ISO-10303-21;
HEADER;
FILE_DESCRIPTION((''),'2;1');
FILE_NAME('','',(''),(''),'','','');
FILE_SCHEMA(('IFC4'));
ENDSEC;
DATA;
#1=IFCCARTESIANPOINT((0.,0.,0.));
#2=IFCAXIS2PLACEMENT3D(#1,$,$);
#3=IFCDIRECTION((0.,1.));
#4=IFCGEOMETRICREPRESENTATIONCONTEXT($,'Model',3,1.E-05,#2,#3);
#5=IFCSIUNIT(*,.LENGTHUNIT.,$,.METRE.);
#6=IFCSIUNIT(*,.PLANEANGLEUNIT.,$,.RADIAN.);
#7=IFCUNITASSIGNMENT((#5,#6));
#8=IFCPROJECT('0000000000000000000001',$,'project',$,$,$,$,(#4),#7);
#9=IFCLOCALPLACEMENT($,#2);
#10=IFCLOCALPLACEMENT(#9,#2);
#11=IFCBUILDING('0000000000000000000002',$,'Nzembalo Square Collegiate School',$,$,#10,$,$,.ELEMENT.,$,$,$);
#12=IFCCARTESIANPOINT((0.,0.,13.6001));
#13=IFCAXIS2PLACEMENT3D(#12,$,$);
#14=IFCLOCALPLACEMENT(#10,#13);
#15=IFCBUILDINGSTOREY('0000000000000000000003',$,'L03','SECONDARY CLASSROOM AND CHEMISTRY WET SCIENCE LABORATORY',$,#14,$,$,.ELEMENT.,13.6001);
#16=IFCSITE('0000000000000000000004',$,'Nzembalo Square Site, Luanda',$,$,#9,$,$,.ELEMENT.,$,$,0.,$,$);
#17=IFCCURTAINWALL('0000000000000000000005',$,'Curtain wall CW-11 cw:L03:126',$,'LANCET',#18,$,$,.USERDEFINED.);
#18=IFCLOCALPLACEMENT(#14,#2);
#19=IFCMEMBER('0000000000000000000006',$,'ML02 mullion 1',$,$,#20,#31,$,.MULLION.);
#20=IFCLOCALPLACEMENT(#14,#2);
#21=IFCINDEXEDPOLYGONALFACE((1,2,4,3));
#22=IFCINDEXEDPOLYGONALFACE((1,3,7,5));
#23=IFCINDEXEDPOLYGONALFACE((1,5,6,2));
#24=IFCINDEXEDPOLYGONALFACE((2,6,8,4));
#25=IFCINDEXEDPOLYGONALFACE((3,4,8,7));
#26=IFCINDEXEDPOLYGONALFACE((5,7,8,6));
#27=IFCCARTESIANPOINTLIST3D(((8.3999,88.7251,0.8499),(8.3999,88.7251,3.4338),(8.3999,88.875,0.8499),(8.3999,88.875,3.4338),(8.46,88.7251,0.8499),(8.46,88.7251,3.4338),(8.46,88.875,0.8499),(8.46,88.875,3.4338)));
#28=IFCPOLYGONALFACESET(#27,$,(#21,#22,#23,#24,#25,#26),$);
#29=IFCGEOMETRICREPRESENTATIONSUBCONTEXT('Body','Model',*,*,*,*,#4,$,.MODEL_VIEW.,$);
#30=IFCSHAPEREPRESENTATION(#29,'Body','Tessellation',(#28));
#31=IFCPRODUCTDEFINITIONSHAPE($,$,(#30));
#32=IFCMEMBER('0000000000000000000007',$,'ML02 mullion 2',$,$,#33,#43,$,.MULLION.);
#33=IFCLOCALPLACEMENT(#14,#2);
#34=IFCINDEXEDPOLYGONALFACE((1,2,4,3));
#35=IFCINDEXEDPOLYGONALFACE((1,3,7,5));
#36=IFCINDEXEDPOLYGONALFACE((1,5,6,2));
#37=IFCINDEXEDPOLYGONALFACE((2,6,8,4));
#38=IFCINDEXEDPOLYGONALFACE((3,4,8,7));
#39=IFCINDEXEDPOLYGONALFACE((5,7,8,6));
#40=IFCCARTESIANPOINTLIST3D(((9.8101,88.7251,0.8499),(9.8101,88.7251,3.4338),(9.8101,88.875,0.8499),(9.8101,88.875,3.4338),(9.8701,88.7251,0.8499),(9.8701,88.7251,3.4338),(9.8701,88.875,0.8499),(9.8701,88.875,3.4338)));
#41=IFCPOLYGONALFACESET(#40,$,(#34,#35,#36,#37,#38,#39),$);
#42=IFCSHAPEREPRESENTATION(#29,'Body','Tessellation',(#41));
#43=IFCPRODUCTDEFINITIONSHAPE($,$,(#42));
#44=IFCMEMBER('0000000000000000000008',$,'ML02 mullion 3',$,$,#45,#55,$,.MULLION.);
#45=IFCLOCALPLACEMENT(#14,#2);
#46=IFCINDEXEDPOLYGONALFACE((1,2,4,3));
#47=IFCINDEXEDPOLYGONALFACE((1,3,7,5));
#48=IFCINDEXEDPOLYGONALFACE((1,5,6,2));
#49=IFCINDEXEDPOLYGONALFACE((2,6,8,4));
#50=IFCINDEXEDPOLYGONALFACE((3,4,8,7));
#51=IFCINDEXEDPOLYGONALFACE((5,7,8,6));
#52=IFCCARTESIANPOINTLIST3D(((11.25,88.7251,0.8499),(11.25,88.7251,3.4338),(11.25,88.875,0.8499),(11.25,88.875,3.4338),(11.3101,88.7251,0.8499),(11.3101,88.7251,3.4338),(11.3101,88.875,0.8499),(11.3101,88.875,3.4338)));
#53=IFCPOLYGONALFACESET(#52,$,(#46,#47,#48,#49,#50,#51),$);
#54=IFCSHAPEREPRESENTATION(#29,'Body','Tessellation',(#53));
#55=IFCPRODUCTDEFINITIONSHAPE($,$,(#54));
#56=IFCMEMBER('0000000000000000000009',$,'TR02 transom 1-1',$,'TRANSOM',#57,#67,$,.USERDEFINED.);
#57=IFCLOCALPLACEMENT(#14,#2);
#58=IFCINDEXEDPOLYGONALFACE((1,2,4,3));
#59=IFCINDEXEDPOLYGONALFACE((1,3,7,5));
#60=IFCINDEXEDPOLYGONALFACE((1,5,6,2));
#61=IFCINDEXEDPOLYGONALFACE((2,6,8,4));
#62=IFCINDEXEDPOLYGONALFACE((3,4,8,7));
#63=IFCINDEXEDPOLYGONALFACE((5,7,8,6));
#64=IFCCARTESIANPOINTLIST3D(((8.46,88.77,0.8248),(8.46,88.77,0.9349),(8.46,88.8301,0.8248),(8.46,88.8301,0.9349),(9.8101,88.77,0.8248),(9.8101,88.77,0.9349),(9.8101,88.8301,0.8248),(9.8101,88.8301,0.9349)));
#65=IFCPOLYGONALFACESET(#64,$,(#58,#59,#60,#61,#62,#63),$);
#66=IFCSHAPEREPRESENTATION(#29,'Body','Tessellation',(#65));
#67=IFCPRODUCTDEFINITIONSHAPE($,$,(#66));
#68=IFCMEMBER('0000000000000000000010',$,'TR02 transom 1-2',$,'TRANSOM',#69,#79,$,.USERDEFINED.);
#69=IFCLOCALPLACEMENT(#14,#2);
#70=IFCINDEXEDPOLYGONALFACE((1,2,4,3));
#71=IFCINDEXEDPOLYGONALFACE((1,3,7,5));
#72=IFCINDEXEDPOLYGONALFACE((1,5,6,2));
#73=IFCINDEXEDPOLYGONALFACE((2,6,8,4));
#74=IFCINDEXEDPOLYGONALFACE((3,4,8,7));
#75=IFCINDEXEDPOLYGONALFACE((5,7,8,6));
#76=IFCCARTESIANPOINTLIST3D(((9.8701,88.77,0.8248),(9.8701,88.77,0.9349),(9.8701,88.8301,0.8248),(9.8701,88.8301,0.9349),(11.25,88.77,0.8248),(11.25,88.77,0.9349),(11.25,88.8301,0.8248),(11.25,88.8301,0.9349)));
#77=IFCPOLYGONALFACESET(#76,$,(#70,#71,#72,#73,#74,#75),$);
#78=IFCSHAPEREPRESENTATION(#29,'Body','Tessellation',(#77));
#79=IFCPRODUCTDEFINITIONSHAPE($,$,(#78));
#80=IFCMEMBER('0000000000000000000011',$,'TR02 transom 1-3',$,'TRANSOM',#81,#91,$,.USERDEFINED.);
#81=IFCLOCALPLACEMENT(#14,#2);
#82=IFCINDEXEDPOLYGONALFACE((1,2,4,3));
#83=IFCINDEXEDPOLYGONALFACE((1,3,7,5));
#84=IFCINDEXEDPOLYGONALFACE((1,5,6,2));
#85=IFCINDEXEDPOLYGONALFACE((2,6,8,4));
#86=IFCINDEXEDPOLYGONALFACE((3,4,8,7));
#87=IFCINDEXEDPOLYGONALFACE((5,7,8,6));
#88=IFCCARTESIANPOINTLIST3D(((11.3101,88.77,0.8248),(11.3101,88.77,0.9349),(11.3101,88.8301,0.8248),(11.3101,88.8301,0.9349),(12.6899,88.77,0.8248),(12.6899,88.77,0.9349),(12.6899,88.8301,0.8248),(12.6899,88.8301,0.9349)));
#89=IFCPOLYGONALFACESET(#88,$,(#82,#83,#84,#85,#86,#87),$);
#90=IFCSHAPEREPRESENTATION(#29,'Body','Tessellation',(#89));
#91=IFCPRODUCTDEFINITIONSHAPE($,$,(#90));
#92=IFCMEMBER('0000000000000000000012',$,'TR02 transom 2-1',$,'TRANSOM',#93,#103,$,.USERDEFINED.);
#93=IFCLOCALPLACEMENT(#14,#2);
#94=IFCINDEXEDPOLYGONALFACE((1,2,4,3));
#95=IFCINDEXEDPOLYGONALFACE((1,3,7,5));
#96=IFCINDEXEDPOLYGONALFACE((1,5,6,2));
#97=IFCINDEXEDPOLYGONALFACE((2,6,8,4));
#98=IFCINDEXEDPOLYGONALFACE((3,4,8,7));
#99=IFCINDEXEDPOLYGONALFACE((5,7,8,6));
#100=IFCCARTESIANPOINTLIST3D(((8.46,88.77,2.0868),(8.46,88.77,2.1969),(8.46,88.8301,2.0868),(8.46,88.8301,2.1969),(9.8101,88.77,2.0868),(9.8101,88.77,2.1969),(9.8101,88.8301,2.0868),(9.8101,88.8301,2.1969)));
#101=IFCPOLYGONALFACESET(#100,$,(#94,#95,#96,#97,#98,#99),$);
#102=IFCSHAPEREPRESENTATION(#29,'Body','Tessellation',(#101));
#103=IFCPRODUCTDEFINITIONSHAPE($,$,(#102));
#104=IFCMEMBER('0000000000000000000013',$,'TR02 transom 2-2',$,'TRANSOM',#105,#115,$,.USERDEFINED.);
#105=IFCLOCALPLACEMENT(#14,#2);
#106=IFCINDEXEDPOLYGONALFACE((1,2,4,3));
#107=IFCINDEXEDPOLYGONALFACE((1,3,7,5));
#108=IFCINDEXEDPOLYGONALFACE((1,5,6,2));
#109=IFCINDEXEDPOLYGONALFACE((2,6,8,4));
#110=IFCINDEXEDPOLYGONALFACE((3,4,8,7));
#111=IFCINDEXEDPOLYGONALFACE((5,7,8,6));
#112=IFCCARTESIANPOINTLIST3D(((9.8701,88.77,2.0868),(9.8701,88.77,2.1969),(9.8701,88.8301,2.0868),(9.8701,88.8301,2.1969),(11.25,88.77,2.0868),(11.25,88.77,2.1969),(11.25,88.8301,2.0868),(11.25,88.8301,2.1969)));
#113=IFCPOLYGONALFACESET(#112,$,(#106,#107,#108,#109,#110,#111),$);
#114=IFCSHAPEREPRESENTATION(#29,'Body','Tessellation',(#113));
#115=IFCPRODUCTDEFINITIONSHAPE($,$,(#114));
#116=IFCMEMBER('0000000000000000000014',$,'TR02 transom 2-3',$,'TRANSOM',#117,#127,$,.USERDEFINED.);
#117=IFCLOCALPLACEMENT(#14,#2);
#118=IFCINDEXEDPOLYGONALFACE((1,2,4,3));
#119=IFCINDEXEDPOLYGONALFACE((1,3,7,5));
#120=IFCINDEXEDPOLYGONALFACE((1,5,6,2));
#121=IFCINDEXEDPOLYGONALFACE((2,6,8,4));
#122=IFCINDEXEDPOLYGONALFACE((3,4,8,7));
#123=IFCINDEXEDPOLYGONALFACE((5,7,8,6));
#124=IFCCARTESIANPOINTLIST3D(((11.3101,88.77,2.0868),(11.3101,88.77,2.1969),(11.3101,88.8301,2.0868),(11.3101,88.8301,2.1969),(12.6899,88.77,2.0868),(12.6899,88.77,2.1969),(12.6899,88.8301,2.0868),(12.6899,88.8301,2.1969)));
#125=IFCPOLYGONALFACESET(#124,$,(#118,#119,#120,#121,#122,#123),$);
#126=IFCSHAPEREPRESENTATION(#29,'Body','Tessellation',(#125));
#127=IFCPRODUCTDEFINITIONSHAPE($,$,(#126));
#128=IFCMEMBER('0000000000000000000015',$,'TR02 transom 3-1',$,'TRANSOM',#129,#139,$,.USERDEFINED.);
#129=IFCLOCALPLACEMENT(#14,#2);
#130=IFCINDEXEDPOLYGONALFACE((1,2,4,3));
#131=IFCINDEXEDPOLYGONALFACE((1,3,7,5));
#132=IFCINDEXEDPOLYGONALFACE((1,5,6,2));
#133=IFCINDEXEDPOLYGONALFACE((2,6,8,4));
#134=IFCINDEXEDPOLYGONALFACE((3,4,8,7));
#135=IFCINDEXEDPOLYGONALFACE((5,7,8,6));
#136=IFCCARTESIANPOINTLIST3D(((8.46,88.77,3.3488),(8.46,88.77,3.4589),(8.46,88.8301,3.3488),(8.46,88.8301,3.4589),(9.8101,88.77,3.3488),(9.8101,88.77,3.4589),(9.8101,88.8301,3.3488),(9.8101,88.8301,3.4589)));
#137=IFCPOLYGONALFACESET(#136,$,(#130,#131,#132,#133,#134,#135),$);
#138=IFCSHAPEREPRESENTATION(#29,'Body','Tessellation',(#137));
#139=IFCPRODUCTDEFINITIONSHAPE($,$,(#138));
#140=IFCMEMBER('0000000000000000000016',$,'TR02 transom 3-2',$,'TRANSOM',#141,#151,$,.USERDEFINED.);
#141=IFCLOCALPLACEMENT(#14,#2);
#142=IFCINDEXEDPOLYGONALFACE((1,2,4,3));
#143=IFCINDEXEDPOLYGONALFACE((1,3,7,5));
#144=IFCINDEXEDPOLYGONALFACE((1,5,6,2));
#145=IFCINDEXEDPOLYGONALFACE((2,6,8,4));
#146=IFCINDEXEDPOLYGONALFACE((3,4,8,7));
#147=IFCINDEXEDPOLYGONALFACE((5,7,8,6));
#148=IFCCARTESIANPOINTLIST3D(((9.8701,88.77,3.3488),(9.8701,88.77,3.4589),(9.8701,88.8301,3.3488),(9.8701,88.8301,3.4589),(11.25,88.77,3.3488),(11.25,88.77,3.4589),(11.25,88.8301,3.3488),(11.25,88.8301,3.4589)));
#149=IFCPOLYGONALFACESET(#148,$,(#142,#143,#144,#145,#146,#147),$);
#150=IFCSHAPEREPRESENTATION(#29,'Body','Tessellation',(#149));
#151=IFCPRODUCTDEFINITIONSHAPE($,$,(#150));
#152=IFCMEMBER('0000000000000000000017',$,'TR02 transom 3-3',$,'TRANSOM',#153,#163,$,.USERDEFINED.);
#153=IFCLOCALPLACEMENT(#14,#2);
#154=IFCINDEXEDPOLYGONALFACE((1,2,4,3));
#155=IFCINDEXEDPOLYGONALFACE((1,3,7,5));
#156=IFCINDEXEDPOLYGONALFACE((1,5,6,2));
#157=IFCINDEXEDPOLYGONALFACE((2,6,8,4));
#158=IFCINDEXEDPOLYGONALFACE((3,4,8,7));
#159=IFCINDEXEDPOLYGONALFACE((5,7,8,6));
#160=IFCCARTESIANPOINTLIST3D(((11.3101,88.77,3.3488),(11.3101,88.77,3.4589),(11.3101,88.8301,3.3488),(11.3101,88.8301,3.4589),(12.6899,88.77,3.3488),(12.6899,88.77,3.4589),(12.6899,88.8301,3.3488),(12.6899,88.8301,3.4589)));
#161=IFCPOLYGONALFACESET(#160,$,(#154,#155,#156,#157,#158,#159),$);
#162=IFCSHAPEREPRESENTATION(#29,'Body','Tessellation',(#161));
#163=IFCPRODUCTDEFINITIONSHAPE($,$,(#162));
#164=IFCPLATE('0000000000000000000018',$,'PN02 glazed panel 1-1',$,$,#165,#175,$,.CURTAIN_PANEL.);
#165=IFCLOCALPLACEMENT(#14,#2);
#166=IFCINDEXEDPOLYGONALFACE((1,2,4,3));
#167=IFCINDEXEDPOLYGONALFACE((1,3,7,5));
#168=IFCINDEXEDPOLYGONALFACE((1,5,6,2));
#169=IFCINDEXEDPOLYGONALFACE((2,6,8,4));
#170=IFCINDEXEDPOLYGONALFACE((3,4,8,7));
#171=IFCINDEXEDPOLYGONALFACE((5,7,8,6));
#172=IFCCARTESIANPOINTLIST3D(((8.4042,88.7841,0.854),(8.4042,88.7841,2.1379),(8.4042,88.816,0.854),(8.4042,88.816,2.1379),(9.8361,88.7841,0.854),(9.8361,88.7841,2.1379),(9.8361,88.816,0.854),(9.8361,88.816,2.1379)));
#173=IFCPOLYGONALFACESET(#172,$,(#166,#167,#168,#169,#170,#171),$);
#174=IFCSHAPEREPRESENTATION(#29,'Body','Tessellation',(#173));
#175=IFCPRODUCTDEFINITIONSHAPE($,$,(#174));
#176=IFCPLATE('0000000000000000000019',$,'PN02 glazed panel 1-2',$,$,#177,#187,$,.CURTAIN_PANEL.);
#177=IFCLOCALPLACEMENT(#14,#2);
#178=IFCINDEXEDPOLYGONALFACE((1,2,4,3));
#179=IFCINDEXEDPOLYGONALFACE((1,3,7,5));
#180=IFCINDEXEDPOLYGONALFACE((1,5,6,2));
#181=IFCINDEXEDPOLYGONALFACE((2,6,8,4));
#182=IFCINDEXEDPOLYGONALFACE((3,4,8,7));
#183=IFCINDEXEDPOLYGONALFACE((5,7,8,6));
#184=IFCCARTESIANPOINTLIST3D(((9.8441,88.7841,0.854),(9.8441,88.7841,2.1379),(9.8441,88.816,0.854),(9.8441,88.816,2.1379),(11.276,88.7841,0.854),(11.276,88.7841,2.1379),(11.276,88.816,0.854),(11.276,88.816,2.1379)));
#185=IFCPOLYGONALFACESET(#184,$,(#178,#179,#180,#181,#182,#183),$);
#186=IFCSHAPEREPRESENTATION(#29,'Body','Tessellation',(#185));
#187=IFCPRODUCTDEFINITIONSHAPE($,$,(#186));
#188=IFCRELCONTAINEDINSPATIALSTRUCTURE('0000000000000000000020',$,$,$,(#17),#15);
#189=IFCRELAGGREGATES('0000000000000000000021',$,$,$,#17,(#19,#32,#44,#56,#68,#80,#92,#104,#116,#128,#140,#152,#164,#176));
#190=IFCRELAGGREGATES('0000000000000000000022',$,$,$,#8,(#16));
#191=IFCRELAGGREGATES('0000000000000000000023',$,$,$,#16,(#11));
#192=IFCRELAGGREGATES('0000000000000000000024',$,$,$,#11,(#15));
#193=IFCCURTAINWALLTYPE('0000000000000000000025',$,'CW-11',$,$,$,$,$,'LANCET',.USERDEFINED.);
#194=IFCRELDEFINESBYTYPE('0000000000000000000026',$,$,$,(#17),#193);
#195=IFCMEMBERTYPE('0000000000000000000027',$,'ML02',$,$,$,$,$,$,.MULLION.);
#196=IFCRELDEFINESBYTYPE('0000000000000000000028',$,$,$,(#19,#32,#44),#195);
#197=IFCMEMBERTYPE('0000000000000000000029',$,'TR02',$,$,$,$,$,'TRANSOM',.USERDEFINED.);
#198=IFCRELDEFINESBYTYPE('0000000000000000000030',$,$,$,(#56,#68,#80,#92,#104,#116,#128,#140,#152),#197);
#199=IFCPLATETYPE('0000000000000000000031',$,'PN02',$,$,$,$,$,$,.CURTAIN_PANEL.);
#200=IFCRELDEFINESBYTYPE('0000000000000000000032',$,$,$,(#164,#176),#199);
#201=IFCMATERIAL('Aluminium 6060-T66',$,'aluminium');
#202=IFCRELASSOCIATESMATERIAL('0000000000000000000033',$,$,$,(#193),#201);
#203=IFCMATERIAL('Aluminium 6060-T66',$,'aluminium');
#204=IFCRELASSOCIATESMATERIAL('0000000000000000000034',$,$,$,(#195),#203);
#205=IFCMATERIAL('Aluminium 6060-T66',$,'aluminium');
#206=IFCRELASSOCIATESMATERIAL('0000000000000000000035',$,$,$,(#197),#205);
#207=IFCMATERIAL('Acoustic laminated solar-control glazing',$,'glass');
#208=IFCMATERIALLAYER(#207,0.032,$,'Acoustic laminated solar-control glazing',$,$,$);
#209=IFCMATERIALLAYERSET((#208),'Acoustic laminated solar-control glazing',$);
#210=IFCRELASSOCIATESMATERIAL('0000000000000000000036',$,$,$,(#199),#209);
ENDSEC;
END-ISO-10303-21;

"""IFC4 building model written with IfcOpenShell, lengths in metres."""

from ifc_helpers import new_model, si_unit, direction, frame, origin, origin_2d, place, context, subcontext, project, spatial, rectangle, extrude, material, layer, layer_set, material_profile, profile_set, type_object, element, aggregate, save


model = new_model("IFC4")

# Units and contexts
model_context = context("Model", 3, precision=1e-05, world=origin(), true_north=direction((0.0, 1.0)))
body_context = subcontext(model_context, "Body", "Model", "MODEL_VIEW")
ifc_project = project(units=[si_unit("LENGTHUNIT", "METRE"), si_unit("PLANEANGLEUNIT", "RADIAN")], contexts=[model_context])

# Site, building, storey
site_placement = place(None, origin())
site = spatial("IfcSite", under=ifc_project, at=site_placement, Name="Nzembalo Square Site, Luanda", CompositionType="ELEMENT", RefElevation=0.0)
building_placement = place(site_placement, origin())
building = spatial("IfcBuilding", under=site, at=building_placement, Name="Nzembalo Square Collegiate School", CompositionType="ELEMENT")
storey_placement = place(building_placement, frame((0.0, 0.0, 13.6001)))
storey = spatial("IfcBuildingStorey", under=building, at=storey_placement, Name="L03", Description="SECONDARY CLASSROOM AND CHEMISTRY WET SCIENCE LABORATORY", CompositionType="ELEMENT", Elevation=13.6001)

# Curtain wall, members, plates
ifc_material_1 = material(Name="Aluminium 6060-T66", Category="aluminium")
curtain_wall_type = type_object("IfcCurtainWallType", Name="CW-11", ElementType="LANCET", PredefinedType="USERDEFINED", material=ifc_material_1)
curtain_wall_placement = place(storey_placement, origin())
curtain_wall = element("IfcCurtainWall", 1, at=curtain_wall_placement, inside=storey, type_object=curtain_wall_type, Name="Curtain wall CW-11 cw:L03:126", ObjectType="LANCET", PredefinedType="USERDEFINED")
ifc_material_2 = material(Name="Aluminium 6060-T66", Category="aluminium")
ifc_material_profile_1 = material_profile(ifc_material_2, rectangle(XDim=0.0601, YDim=0.1499, at=origin_2d()), Name="ALU M60x150")
ifc_profile_set_1 = profile_set([ifc_material_profile_1], Name="Aluminium 6060-T66")
member_type_1 = type_object("IfcMemberType", Name="ML02", PredefinedType="MULLION", material=ifc_profile_set_1)
member_1_placement = place(storey_placement, frame((8.4299, 88.8, 0.8499), z_axis=(0.0, 0.0, 1.0), x_axis=(1.0, 0.0, 0.0)))
member_1 = element("IfcMember", 2, at=member_1_placement, type_object=member_type_1, Name="ML02 mullion 1", PredefinedType="MULLION", context=body_context, shape_type="SweptSolid", body=[
    extrude(rectangle(XDim=0.0601, YDim=0.1499, at=origin_2d()), origin(), (0.0, 0.0, 1.0), 2.584),
])
member_2_placement = place(storey_placement, frame((9.8401, 88.8, 0.8499), z_axis=(0.0, 0.0, 1.0), x_axis=(1.0, 0.0, 0.0)))
member_2 = element("IfcMember", 3, at=member_2_placement, type_object=member_type_1, Name="ML02 mullion 2", PredefinedType="MULLION", context=body_context, shape_type="SweptSolid", body=[
    extrude(rectangle(XDim=0.0601, YDim=0.1499, at=origin_2d()), origin(), (0.0, 0.0, 1.0), 2.584),
])
member_3_placement = place(storey_placement, frame((11.28, 88.8, 0.8499), z_axis=(0.0, 0.0, 1.0), x_axis=(1.0, 0.0, 0.0)))
member_3 = element("IfcMember", 4, at=member_3_placement, type_object=member_type_1, Name="ML02 mullion 3", PredefinedType="MULLION", context=body_context, shape_type="SweptSolid", body=[
    extrude(rectangle(XDim=0.0601, YDim=0.1499, at=origin_2d()), origin(), (0.0, 0.0, 1.0), 2.584),
])
ifc_material_3 = material(Name="Aluminium 6060-T66", Category="aluminium")
ifc_material_profile_2 = material_profile(ifc_material_3, rectangle(XDim=0.0601, YDim=0.1101, at=origin_2d()), Name="ALU T60x110")
ifc_profile_set_2 = profile_set([ifc_material_profile_2], Name="Aluminium 6060-T66")
member_type_2 = type_object("IfcMemberType", Name="TR02", ElementType="TRANSOM", PredefinedType="USERDEFINED", material=ifc_profile_set_2)
member_4_placement = place(storey_placement, frame((8.46, 88.8, 0.8799), z_axis=(1.0, 0.0, 0.0), x_axis=(0.0, 1.0, 0.0)))
member_4 = element("IfcMember", 5, at=member_4_placement, type_object=member_type_2, Name="TR02 transom 1-1", ObjectType="TRANSOM", PredefinedType="USERDEFINED", context=body_context, shape_type="SweptSolid", body=[
    extrude(rectangle(XDim=0.0601, YDim=0.1101, at=origin_2d()), origin(), (0.0, 0.0, 1.0), 1.3501),
])
member_5_placement = place(storey_placement, frame((9.8701, 88.8, 0.8799), z_axis=(1.0, 0.0, 0.0), x_axis=(0.0, 1.0, 0.0)))
member_5 = element("IfcMember", 6, at=member_5_placement, type_object=member_type_2, Name="TR02 transom 1-2", ObjectType="TRANSOM", PredefinedType="USERDEFINED", context=body_context, shape_type="SweptSolid", body=[
    extrude(rectangle(XDim=0.0601, YDim=0.1101, at=origin_2d()), origin(), (0.0, 0.0, 1.0), 1.3799),
])
member_6_placement = place(storey_placement, frame((11.3101, 88.8, 0.8799), z_axis=(1.0, 0.0, 0.0), x_axis=(0.0, 1.0, 0.0)))
member_6 = element("IfcMember", 7, at=member_6_placement, type_object=member_type_2, Name="TR02 transom 1-3", ObjectType="TRANSOM", PredefinedType="USERDEFINED", context=body_context, shape_type="SweptSolid", body=[
    extrude(rectangle(XDim=0.0601, YDim=0.1101, at=origin_2d()), origin(), (0.0, 0.0, 1.0), 1.3799),
])
member_7_placement = place(storey_placement, frame((8.46, 88.8, 2.1418), z_axis=(1.0, 0.0, 0.0), x_axis=(0.0, 1.0, 0.0)))
member_7 = element("IfcMember", 8, at=member_7_placement, type_object=member_type_2, Name="TR02 transom 2-1", ObjectType="TRANSOM", PredefinedType="USERDEFINED", context=body_context, shape_type="SweptSolid", body=[
    extrude(rectangle(XDim=0.0601, YDim=0.1101, at=origin_2d()), origin(), (0.0, 0.0, 1.0), 1.3501),
])
member_8_placement = place(storey_placement, frame((9.8701, 88.8, 2.1418), z_axis=(1.0, 0.0, 0.0), x_axis=(0.0, 1.0, 0.0)))
member_8 = element("IfcMember", 9, at=member_8_placement, type_object=member_type_2, Name="TR02 transom 2-2", ObjectType="TRANSOM", PredefinedType="USERDEFINED", context=body_context, shape_type="SweptSolid", body=[
    extrude(rectangle(XDim=0.0601, YDim=0.1101, at=origin_2d()), origin(), (0.0, 0.0, 1.0), 1.3799),
])
member_9_placement = place(storey_placement, frame((11.3101, 88.8, 2.1418), z_axis=(1.0, 0.0, 0.0), x_axis=(0.0, 1.0, 0.0)))
member_9 = element("IfcMember", 10, at=member_9_placement, type_object=member_type_2, Name="TR02 transom 2-3", ObjectType="TRANSOM", PredefinedType="USERDEFINED", context=body_context, shape_type="SweptSolid", body=[
    extrude(rectangle(XDim=0.0601, YDim=0.1101, at=origin_2d()), origin(), (0.0, 0.0, 1.0), 1.3799),
])
member_10_placement = place(storey_placement, frame((8.46, 88.8, 3.4038), z_axis=(1.0, 0.0, 0.0), x_axis=(0.0, 1.0, 0.0)))
member_10 = element("IfcMember", 11, at=member_10_placement, type_object=member_type_2, Name="TR02 transom 3-1", ObjectType="TRANSOM", PredefinedType="USERDEFINED", context=body_context, shape_type="SweptSolid", body=[
    extrude(rectangle(XDim=0.0601, YDim=0.1101, at=origin_2d()), origin(), (0.0, 0.0, 1.0), 1.3501),
])
member_11_placement = place(storey_placement, frame((9.8701, 88.8, 3.4038), z_axis=(1.0, 0.0, 0.0), x_axis=(0.0, 1.0, 0.0)))
member_11 = element("IfcMember", 12, at=member_11_placement, type_object=member_type_2, Name="TR02 transom 3-2", ObjectType="TRANSOM", PredefinedType="USERDEFINED", context=body_context, shape_type="SweptSolid", body=[
    extrude(rectangle(XDim=0.0601, YDim=0.1101, at=origin_2d()), origin(), (0.0, 0.0, 1.0), 1.3799),
])
member_12_placement = place(storey_placement, frame((11.3101, 88.8, 3.4038), z_axis=(1.0, 0.0, 0.0), x_axis=(0.0, 1.0, 0.0)))
member_12 = element("IfcMember", 13, at=member_12_placement, type_object=member_type_2, Name="TR02 transom 3-3", ObjectType="TRANSOM", PredefinedType="USERDEFINED", context=body_context, shape_type="SweptSolid", body=[
    extrude(rectangle(XDim=0.0601, YDim=0.1101, at=origin_2d()), origin(), (0.0, 0.0, 1.0), 1.3799),
])
ifc_material_4 = material(Name="Acoustic laminated solar-control glazing", Category="glass")
ifc_layer_1 = layer(ifc_material_4, 0.032, Name="Acoustic laminated solar-control glazing")
ifc_layer_set_1 = layer_set([ifc_layer_1], Name="Acoustic laminated solar-control glazing")
plate_type = type_object("IfcPlateType", Name="PN02", PredefinedType="CURTAIN_PANEL", material=ifc_layer_set_1)
plate_1_placement = place(storey_placement, frame((9.1201, 88.8, 0.854), z_axis=(0.0, 0.0, 1.0), x_axis=(1.0, 0.0, 0.0)))
plate_1 = element("IfcPlate", 14, at=plate_1_placement, type_object=plate_type, Name="PN02 glazed panel 1-1", PredefinedType="CURTAIN_PANEL", context=body_context, shape_type="SweptSolid", body=[
    extrude(rectangle(XDim=1.4319, YDim=0.032, at=origin_2d()), origin(), (0.0, 0.0, 1.0), 1.2839),
])
plate_2_placement = place(storey_placement, frame((10.5601, 88.8, 0.854), z_axis=(0.0, 0.0, 1.0), x_axis=(1.0, 0.0, 0.0)))
plate_2 = element("IfcPlate", 15, at=plate_2_placement, type_object=plate_type, Name="PN02 glazed panel 1-2", PredefinedType="CURTAIN_PANEL", context=body_context, shape_type="SweptSolid", body=[
    extrude(rectangle(XDim=1.4319, YDim=0.032, at=origin_2d()), origin(), (0.0, 0.0, 1.0), 1.2839),
])
aggregate(curtain_wall, [member_1, member_2, member_3, member_4, member_5, member_6, member_7, member_8, member_9, member_10, member_11, member_12, plate_1, plate_2])

save(model, "model.ifc")
